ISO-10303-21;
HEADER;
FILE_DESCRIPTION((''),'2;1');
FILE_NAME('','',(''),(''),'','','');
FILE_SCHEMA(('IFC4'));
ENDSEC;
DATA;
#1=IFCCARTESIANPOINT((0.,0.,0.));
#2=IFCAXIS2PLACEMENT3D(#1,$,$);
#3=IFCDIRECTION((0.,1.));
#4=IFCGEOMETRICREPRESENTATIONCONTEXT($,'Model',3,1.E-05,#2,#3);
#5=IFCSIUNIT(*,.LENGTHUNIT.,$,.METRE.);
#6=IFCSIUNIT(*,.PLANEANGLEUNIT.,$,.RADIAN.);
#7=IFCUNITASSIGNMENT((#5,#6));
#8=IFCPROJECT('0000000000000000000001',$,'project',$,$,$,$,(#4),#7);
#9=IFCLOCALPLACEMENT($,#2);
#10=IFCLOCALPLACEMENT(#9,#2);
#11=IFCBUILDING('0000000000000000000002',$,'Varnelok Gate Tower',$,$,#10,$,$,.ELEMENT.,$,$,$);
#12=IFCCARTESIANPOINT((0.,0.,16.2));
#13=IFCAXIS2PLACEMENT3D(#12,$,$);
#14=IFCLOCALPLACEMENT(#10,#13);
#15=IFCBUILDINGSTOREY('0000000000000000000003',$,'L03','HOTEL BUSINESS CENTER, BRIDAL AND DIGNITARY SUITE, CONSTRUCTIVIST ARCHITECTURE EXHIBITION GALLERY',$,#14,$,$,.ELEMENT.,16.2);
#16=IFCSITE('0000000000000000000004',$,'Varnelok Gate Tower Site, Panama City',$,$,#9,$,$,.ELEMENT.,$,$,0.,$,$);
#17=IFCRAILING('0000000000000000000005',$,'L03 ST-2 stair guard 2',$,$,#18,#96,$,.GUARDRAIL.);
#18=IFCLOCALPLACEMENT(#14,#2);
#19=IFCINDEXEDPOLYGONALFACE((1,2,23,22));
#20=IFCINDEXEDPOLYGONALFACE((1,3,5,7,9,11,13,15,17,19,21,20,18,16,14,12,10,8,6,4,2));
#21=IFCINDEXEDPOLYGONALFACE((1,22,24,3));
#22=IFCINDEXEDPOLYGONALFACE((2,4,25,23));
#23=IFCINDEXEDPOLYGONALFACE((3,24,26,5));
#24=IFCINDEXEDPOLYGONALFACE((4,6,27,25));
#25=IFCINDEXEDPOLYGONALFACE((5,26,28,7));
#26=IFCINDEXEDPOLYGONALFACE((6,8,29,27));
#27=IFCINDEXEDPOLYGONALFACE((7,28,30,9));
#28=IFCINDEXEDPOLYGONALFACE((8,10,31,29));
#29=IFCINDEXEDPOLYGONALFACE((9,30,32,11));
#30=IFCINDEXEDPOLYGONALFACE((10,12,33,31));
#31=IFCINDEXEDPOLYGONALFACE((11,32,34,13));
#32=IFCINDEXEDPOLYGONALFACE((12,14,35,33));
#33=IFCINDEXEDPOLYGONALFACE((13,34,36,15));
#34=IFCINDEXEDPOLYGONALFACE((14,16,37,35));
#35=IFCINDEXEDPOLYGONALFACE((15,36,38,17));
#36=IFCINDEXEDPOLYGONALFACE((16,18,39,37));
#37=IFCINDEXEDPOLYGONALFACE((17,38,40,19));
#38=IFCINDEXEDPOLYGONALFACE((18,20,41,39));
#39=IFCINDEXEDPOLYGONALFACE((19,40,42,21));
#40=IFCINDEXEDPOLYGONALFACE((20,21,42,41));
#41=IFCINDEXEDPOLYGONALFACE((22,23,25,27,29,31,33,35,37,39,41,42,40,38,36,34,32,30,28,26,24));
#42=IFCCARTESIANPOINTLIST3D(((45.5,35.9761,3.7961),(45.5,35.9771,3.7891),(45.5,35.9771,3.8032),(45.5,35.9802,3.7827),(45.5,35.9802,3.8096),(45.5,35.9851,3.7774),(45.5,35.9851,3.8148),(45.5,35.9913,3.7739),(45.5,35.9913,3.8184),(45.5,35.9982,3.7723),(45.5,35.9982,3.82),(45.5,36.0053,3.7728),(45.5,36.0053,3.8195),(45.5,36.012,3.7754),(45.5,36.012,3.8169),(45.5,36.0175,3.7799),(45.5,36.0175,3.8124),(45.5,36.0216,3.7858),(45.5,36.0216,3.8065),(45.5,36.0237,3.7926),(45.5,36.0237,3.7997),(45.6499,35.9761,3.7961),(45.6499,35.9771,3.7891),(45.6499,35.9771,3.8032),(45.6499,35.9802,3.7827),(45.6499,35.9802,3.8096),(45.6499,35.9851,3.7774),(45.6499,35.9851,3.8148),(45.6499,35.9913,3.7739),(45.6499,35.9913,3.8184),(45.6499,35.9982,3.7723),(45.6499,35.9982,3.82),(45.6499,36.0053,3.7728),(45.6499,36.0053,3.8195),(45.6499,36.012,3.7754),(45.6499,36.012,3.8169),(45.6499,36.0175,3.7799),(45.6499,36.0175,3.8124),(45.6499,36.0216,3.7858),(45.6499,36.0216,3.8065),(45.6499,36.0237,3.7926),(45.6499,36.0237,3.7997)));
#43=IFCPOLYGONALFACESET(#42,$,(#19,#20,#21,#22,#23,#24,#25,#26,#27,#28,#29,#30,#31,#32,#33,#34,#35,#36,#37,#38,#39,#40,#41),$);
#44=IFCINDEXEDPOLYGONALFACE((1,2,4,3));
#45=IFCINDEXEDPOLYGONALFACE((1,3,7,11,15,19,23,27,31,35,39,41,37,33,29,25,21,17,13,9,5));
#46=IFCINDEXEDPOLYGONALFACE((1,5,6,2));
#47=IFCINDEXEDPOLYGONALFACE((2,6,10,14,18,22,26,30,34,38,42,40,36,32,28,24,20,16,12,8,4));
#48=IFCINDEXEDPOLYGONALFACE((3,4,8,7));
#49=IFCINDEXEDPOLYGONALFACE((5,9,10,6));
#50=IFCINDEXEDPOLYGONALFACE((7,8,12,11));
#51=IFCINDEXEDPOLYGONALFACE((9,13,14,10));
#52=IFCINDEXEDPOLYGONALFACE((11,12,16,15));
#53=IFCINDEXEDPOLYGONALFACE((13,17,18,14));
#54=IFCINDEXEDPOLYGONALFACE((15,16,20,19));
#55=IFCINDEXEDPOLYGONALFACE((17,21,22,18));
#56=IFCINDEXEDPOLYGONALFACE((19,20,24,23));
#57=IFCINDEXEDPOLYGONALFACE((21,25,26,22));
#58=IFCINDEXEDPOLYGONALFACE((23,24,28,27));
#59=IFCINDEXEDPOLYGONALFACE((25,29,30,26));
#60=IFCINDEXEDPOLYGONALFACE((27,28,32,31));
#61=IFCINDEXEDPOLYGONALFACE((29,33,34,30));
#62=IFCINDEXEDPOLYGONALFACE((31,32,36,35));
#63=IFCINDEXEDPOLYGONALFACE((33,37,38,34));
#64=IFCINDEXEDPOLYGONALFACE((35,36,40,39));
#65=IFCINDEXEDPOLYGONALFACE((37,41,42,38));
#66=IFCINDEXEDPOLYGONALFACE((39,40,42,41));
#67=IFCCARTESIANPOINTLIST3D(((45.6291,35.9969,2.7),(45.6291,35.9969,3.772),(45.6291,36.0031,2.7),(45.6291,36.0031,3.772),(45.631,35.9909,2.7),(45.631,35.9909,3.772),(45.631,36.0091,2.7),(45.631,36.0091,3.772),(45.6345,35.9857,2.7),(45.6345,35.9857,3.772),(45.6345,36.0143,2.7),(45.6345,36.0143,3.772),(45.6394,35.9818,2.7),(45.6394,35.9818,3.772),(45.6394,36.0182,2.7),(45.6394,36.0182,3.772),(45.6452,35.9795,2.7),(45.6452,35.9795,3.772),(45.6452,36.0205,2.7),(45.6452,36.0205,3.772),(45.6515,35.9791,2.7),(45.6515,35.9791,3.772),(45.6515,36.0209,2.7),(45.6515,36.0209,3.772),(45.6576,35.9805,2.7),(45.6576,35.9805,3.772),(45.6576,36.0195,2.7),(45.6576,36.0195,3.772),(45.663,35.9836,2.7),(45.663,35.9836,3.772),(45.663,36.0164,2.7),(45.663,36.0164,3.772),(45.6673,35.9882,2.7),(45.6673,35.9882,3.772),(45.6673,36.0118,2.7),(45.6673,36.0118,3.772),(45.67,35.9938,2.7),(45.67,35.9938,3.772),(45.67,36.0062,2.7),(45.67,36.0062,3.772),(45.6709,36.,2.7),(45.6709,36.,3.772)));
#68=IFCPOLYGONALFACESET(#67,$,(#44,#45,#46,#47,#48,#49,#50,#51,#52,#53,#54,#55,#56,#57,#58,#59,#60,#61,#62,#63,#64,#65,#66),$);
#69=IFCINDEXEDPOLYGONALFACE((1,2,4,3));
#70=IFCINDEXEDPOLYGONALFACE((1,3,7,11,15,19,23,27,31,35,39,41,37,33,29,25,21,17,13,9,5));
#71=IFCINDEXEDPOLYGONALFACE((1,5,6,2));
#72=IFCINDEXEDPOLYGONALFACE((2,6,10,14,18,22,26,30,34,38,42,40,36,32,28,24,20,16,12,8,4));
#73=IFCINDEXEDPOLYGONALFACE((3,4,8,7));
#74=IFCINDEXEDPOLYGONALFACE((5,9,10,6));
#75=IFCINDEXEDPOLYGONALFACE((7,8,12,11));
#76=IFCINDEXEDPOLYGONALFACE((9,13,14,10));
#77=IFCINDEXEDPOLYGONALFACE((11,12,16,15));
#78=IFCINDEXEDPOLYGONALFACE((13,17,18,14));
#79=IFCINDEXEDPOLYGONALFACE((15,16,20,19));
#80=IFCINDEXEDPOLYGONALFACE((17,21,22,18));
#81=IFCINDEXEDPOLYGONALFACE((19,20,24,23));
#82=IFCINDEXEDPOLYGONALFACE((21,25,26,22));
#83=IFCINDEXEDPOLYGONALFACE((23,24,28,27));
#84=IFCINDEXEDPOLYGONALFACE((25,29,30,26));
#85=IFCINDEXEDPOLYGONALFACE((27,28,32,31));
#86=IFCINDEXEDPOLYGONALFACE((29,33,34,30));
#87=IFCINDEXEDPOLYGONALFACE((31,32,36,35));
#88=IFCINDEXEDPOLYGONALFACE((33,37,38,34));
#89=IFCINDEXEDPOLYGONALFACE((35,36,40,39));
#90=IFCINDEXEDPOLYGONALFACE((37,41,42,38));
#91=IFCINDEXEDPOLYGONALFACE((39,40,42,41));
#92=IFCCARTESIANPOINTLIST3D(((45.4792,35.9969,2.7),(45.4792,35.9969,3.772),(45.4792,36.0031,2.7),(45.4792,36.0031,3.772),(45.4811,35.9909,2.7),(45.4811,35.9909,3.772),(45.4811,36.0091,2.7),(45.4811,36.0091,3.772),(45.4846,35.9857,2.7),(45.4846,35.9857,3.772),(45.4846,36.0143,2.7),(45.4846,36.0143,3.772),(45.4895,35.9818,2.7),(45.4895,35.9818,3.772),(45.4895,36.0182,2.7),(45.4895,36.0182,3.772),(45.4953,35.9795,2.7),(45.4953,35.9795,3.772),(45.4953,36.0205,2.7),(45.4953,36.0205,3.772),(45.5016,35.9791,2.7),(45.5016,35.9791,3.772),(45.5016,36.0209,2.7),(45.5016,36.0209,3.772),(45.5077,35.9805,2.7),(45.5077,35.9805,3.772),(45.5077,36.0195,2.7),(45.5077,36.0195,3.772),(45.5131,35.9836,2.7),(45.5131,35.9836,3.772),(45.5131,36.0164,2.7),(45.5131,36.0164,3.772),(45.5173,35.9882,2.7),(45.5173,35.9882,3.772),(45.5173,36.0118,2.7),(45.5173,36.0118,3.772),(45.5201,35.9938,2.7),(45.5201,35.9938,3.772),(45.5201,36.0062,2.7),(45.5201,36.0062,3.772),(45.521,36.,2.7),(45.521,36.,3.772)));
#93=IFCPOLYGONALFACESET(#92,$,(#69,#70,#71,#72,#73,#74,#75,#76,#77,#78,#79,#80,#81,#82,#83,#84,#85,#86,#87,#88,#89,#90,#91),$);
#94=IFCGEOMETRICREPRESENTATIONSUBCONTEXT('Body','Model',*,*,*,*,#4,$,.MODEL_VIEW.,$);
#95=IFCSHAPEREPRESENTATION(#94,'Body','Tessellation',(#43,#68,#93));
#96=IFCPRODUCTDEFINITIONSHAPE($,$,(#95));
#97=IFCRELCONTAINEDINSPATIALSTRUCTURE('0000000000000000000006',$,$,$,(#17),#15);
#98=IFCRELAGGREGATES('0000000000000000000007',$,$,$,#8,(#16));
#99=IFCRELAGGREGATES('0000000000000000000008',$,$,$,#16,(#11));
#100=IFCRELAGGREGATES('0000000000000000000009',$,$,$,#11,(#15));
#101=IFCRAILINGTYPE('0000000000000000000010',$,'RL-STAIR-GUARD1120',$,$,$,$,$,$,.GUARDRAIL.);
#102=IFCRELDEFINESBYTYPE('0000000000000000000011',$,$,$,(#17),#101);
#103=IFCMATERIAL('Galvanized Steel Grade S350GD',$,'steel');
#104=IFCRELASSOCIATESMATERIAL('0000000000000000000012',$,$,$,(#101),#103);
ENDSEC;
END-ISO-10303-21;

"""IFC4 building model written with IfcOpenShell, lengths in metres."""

from ifc_helpers import new_model, si_unit, direction, frame, origin, origin_2d, place, context, subcontext, project, spatial, circle, extrude, material, type_object, element, save


model = new_model("IFC4")

# Units and contexts
model_context = context("Model", 3, precision=1e-05, world=origin(), true_north=direction((0.0, 1.0)))
body_context = subcontext(model_context, "Body", "Model", "MODEL_VIEW")
ifc_project = project(units=[si_unit("LENGTHUNIT", "METRE"), si_unit("PLANEANGLEUNIT", "RADIAN")], contexts=[model_context])

# Site, building, storey
site_placement = place(None, origin())
site = spatial("IfcSite", under=ifc_project, at=site_placement, Name="Varnelok Gate Tower Site, Panama City", CompositionType="ELEMENT", RefElevation=0.0)
building_placement = place(site_placement, origin())
building = spatial("IfcBuilding", under=site, at=building_placement, Name="Varnelok Gate Tower", CompositionType="ELEMENT")
storey_placement = place(building_placement, frame((0.0, 0.0, 16.2)))
storey = spatial("IfcBuildingStorey", under=building, at=storey_placement, Name="L03", Description="HOTEL BUSINESS CENTER, BRIDAL AND DIGNITARY SUITE, CONSTRUCTIVIST ARCHITECTURE EXHIBITION GALLERY", CompositionType="ELEMENT", Elevation=16.2)

# Shared definitions
ifc_material_1 = material(Name="Galvanized Steel Grade S350GD", Category="steel")

# Railing
railing_type_1 = type_object("IfcRailingType", Name="RL-STAIR-GUARD1120", PredefinedType="GUARDRAIL", material=ifc_material_1)
railing_1_placement = place(storey_placement, frame((45.6499, 36.0, 2.7)))
element("IfcRailing", 1, at=railing_1_placement, inside=storey, type_object=railing_type_1, Name="L03 ST-2 stair guard 2", PredefinedType="GUARDRAIL", context=body_context, shape_type="SweptSolid", body=[
    extrude(circle(Radius=0.0239, at=origin_2d()), frame((0.0, 0.0, 1.0962), z_axis=(-1.0, 0.0, 0.0), x_axis=(0.0, -1.0, 0.0)), (0.0, 0.0, 1.0), 0.1499),
    extrude(circle(Radius=0.021, at=origin_2d()), origin(), (0.0, 0.0, 1.0), 1.072),
    extrude(circle(Radius=0.021, at=origin_2d()), frame((-0.1499, 0.0, 0.0)), (0.0, 0.0, 1.0), 1.072),
])

save(model, "model.ifc")
